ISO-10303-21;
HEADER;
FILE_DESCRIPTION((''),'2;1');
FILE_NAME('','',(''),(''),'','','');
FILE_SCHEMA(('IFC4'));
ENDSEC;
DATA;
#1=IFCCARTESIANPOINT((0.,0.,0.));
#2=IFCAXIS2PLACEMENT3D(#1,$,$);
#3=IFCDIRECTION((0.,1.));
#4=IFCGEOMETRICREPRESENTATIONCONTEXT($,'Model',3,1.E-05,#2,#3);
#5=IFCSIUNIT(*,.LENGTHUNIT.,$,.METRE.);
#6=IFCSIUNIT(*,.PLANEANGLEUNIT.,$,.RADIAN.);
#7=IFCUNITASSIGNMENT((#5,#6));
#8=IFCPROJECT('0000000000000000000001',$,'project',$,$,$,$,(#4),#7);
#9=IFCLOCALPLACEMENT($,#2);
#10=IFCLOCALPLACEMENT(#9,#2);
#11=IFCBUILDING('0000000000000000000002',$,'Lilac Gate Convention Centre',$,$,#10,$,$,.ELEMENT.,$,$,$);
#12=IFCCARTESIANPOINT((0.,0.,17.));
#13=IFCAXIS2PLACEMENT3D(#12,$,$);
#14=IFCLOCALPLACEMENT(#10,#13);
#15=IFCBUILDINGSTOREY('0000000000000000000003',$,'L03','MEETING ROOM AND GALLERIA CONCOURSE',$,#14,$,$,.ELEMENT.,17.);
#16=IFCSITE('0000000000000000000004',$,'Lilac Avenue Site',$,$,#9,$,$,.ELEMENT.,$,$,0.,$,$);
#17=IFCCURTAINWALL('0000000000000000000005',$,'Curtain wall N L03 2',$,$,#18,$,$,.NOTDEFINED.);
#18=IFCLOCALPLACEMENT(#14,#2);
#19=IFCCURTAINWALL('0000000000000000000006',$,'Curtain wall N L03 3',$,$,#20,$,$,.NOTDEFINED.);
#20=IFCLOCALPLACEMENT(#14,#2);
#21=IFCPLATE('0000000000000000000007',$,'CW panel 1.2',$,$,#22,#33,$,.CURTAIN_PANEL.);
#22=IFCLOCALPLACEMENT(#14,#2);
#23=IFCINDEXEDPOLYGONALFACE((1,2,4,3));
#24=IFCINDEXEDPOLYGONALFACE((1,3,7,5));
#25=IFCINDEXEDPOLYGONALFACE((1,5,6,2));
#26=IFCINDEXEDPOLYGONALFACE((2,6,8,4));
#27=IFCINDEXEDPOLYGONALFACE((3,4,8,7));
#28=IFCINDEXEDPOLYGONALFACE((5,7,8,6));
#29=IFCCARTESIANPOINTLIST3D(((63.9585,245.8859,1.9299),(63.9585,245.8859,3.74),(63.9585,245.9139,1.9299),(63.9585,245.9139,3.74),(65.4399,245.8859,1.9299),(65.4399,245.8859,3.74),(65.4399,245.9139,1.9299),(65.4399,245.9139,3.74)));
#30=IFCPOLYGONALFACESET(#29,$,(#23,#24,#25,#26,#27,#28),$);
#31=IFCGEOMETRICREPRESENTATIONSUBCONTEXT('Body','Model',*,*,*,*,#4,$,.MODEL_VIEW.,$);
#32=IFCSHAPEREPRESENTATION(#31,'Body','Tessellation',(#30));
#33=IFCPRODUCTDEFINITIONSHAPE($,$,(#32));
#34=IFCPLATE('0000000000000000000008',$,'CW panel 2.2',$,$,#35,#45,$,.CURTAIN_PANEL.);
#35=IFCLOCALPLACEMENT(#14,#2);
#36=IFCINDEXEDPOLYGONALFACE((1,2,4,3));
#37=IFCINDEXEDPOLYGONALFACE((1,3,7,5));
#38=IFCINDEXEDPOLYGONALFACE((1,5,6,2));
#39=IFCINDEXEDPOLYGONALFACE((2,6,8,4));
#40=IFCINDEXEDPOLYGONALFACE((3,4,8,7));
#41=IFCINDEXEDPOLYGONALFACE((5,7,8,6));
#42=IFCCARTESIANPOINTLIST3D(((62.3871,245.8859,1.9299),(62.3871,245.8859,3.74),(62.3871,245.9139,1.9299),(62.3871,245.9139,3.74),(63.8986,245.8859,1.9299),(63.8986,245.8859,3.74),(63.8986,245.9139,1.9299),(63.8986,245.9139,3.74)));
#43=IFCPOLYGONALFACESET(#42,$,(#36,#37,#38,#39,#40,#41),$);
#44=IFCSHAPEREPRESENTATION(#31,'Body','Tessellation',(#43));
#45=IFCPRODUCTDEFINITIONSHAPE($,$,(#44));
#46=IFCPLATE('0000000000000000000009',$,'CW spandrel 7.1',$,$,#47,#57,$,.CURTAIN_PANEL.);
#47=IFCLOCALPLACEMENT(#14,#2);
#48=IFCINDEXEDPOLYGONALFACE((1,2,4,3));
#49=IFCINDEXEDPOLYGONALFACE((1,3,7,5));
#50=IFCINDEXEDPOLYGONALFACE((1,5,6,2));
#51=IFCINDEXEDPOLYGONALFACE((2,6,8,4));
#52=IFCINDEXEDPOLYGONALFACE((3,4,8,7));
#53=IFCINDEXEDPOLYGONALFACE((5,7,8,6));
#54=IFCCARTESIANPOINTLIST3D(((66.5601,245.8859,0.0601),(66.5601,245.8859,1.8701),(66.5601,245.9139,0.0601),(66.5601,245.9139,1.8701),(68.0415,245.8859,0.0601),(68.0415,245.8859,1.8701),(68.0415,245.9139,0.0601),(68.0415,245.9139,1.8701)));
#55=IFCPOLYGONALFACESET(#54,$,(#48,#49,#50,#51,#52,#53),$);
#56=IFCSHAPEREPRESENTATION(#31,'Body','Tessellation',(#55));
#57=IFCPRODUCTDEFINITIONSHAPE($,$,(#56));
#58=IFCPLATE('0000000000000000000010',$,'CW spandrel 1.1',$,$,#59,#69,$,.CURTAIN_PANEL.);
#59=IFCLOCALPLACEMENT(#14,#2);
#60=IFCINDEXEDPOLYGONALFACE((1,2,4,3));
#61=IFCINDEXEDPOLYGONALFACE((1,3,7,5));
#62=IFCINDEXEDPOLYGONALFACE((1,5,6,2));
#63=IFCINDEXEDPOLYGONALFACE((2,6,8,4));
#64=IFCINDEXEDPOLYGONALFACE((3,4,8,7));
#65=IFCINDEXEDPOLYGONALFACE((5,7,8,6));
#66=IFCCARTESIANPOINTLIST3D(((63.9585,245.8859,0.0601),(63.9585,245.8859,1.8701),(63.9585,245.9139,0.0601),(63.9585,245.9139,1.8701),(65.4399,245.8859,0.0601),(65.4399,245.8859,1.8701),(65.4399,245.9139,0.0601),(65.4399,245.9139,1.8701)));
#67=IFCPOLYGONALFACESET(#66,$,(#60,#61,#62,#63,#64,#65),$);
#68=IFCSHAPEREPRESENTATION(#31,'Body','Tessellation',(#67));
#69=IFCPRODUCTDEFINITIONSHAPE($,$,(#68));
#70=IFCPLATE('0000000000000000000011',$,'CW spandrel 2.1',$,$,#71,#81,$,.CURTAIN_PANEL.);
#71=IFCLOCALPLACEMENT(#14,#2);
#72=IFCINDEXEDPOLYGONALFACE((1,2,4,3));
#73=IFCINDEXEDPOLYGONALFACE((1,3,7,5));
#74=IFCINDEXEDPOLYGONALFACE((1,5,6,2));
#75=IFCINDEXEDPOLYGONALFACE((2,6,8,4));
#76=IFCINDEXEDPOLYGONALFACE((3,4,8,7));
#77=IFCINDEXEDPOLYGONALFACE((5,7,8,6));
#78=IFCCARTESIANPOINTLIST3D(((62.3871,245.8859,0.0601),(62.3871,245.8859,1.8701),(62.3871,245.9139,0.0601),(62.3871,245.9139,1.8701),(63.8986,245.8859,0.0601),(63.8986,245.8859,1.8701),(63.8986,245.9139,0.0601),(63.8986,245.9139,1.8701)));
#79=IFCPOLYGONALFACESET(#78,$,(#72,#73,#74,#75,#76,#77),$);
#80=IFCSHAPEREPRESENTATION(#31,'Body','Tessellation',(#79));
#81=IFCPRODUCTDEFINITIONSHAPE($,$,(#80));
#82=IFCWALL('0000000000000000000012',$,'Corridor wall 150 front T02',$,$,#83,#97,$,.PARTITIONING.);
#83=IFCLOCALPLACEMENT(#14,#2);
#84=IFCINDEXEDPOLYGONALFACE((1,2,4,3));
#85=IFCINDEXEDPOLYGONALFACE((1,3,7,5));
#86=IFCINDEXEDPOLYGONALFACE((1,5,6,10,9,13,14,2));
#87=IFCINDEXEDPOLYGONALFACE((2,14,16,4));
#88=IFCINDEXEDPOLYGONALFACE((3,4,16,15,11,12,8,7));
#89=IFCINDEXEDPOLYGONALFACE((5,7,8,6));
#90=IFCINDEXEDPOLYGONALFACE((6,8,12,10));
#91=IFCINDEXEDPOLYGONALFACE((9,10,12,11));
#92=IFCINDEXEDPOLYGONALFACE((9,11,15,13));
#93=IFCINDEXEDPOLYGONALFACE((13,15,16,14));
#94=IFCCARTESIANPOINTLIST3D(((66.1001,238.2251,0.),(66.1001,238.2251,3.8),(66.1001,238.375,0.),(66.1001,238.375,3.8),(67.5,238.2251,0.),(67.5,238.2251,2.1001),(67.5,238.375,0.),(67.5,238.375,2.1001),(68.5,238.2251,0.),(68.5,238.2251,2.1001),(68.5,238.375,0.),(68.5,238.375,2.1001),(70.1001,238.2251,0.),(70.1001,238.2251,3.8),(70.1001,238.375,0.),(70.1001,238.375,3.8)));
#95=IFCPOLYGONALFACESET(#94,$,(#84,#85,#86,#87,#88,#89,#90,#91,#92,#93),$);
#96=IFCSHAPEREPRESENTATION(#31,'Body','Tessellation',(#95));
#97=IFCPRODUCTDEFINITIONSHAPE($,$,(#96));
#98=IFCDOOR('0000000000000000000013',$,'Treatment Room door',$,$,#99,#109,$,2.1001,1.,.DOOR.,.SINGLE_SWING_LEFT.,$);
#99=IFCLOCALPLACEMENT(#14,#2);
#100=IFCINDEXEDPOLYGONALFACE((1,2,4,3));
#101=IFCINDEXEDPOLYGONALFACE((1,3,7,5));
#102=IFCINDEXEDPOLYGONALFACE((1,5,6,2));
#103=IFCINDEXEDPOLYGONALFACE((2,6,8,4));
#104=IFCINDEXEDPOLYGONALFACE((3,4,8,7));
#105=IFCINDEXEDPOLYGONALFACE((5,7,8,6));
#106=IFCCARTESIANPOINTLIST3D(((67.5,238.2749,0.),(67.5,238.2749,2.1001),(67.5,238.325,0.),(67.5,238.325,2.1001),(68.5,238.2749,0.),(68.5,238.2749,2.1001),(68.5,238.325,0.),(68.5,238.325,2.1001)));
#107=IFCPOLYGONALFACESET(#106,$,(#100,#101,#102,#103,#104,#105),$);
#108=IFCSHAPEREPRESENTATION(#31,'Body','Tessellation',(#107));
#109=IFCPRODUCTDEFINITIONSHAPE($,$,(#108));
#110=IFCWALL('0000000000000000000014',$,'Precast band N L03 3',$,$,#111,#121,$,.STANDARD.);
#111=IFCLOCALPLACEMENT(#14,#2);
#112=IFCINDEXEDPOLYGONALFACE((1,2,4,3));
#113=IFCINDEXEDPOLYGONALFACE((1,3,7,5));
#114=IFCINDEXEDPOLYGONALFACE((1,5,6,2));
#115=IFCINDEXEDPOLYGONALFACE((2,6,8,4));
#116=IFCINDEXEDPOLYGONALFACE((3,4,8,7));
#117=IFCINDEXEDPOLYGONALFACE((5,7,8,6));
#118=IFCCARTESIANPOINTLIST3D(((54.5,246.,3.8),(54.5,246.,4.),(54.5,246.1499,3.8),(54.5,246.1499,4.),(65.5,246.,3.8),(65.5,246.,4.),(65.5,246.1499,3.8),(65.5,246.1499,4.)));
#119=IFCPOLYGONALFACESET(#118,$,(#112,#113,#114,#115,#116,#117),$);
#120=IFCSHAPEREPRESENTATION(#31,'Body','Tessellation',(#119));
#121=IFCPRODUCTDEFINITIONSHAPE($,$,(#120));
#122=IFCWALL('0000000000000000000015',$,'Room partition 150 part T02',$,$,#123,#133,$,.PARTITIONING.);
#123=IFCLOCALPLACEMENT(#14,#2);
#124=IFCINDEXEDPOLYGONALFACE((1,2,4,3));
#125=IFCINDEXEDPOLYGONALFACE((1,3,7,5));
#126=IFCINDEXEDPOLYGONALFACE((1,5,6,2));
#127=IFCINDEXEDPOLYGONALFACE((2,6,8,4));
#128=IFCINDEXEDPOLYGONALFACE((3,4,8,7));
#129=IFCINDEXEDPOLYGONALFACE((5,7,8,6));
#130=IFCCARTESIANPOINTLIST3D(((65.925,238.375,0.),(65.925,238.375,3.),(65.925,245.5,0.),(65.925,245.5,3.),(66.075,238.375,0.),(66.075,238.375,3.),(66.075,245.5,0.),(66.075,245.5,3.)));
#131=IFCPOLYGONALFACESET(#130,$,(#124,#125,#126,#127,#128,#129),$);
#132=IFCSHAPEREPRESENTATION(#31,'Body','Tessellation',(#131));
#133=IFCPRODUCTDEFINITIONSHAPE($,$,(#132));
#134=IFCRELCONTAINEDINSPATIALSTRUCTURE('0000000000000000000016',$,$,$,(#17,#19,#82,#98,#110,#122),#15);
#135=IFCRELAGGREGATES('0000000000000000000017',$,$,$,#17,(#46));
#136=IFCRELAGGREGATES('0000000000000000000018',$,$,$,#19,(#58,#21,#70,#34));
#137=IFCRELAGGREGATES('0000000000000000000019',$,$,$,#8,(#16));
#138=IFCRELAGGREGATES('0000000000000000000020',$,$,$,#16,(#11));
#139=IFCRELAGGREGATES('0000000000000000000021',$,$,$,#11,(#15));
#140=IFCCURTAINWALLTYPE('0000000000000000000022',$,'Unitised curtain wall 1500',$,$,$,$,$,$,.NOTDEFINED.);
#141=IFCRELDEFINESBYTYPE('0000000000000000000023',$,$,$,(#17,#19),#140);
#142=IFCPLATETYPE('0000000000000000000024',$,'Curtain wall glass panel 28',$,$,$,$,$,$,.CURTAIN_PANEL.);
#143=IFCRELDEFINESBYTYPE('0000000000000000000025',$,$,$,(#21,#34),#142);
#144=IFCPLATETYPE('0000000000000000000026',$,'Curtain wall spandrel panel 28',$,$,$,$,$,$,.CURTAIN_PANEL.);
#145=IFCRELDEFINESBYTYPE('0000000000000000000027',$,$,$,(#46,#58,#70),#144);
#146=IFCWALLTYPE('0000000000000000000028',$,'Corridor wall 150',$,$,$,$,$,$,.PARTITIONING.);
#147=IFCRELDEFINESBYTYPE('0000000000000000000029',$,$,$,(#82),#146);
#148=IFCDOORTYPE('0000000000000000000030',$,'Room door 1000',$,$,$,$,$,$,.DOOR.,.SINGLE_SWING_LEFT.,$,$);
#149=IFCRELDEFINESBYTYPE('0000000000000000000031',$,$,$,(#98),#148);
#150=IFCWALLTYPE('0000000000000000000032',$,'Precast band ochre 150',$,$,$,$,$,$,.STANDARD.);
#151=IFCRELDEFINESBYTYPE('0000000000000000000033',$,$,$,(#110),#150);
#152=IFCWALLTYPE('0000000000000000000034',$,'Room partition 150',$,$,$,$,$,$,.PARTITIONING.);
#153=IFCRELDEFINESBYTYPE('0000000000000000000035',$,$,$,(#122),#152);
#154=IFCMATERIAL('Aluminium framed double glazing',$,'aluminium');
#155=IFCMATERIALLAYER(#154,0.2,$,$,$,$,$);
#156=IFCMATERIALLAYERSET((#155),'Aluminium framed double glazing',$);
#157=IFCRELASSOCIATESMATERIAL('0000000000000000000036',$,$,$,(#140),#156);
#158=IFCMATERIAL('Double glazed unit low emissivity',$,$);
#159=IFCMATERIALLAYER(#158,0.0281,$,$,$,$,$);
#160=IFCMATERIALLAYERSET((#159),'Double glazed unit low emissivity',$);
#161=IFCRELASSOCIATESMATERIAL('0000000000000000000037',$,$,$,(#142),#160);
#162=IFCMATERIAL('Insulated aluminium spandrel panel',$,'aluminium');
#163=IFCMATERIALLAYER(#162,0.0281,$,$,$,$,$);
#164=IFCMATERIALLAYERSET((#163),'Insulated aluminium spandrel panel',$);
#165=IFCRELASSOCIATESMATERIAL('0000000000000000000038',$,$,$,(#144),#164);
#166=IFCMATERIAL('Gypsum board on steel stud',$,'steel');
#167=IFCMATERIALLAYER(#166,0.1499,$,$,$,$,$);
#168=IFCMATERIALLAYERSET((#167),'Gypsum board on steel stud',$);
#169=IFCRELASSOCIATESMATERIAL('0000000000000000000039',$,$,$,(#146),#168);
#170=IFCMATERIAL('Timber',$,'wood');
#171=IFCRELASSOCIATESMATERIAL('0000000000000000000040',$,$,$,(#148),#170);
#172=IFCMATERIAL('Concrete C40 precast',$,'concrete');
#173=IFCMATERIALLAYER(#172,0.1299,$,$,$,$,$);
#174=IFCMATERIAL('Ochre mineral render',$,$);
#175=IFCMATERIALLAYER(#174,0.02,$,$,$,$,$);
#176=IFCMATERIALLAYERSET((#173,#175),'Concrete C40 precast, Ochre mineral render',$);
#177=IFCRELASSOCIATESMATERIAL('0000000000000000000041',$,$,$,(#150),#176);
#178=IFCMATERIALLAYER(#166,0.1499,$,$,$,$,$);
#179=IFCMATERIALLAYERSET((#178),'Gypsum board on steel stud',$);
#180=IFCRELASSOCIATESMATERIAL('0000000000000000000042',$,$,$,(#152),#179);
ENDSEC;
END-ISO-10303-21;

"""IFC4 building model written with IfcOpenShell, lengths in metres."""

from ifc_helpers import new_model, si_unit, direction, frame, frame_2d, origin, origin_2d, place, context, subcontext, project, spatial, rectangle, extrude, material, layer, layer_set, type_object, element, fill, aggregate, save


model = new_model("IFC4")

# Units and contexts
model_context = context("Model", 3, precision=1e-05, world=origin(), true_north=direction((0.0, 1.0)))
body_context = subcontext(model_context, "Body", "Model", "MODEL_VIEW")
ifc_project = project(units=[si_unit("LENGTHUNIT", "METRE"), si_unit("PLANEANGLEUNIT", "RADIAN")], contexts=[model_context])

# Site, building, storey
site_placement = place(None, origin())
site = spatial("IfcSite", under=ifc_project, at=site_placement, Name="Lilac Avenue Site", CompositionType="ELEMENT", RefElevation=0.0)
building_placement = place(site_placement, origin())
building = spatial("IfcBuilding", under=site, at=building_placement, Name="Lilac Gate Convention Centre", CompositionType="ELEMENT")
storey_placement = place(building_placement, frame((0.0, 0.0, 17.0)))
storey = spatial("IfcBuildingStorey", under=building, at=storey_placement, Name="L03", Description="MEETING ROOM AND GALLERIA CONCOURSE", CompositionType="ELEMENT", Elevation=17.0)

# Curtain wall
ifc_material_1 = material(Name="Aluminium framed double glazing", Category="aluminium")
ifc_layer_1 = layer(ifc_material_1, 0.2)
ifc_layer_set_1 = layer_set([ifc_layer_1], Name="Aluminium framed double glazing")
curtain_wall_type = type_object("IfcCurtainWallType", Name="Unitised curtain wall 1500", PredefinedType="NOTDEFINED", material=ifc_layer_set_1)
curtain_wall_1_placement = place(storey_placement, origin())
curtain_wall_1 = element("IfcCurtainWall", 1, at=curtain_wall_1_placement, inside=storey, type_object=curtain_wall_type, Name="Curtain wall N L03 2", PredefinedType="NOTDEFINED")

# Curtain wall
curtain_wall_2_placement = place(storey_placement, origin())
curtain_wall_2 = element("IfcCurtainWall", 2, at=curtain_wall_2_placement, inside=storey, type_object=curtain_wall_type, Name="Curtain wall N L03 3", PredefinedType="NOTDEFINED")

# Plates
ifc_material_2 = material(Name="Double glazed unit low emissivity")
ifc_layer_2 = layer(ifc_material_2, 0.0281)
ifc_layer_set_2 = layer_set([ifc_layer_2], Name="Double glazed unit low emissivity")
plate_type_1 = type_object("IfcPlateType", Name="Curtain wall glass panel 28", PredefinedType="CURTAIN_PANEL", material=ifc_layer_set_2)
plate_1_placement = place(storey_placement, frame((64.6992, 245.8999, 1.9299), z_axis=(0.0, 0.0, 1.0), x_axis=(-1.0, 0.0, 0.0)))
plate_1 = element("IfcPlate", 3, at=plate_1_placement, type_object=plate_type_1, Name="CW panel 1.2", PredefinedType="CURTAIN_PANEL", context=body_context, shape_type="SweptSolid", body=[
    extrude(rectangle(XDim=1.4814, YDim=0.0281, at=origin_2d()), origin(), (0.0, 0.0, 1.0), 1.8101),
])
plate_2_placement = place(storey_placement, frame((63.1428, 245.8999, 1.9299), z_axis=(0.0, 0.0, 1.0), x_axis=(-1.0, 0.0, 0.0)))
plate_2 = element("IfcPlate", 4, at=plate_2_placement, type_object=plate_type_1, Name="CW panel 2.2", PredefinedType="CURTAIN_PANEL", context=body_context, shape_type="SweptSolid", body=[
    extrude(rectangle(XDim=1.5115, YDim=0.0281, at=origin_2d()), origin(), (0.0, 0.0, 1.0), 1.8101),
])
ifc_material_3 = material(Name="Insulated aluminium spandrel panel", Category="aluminium")
ifc_layer_3 = layer(ifc_material_3, 0.0281)
ifc_layer_set_3 = layer_set([ifc_layer_3], Name="Insulated aluminium spandrel panel")
plate_type_2 = type_object("IfcPlateType", Name="Curtain wall spandrel panel 28", PredefinedType="CURTAIN_PANEL", material=ifc_layer_set_3)
plate_3_placement = place(storey_placement, frame((67.3008, 245.8999, 0.0601), z_axis=(0.0, 0.0, 1.0), x_axis=(-1.0, 0.0, 0.0)))
plate_3 = element("IfcPlate", 5, at=plate_3_placement, type_object=plate_type_2, Name="CW spandrel 7.1", PredefinedType="CURTAIN_PANEL", context=body_context, shape_type="SweptSolid", body=[
    extrude(rectangle(XDim=1.4814, YDim=0.0281, at=origin_2d()), origin(), (0.0, 0.0, 1.0), 1.8101),
])
aggregate(curtain_wall_1, [plate_3])
plate_4_placement = place(storey_placement, frame((64.6992, 245.8999, 0.0601), z_axis=(0.0, 0.0, 1.0), x_axis=(-1.0, 0.0, 0.0)))
plate_4 = element("IfcPlate", 6, at=plate_4_placement, type_object=plate_type_2, Name="CW spandrel 1.1", PredefinedType="CURTAIN_PANEL", context=body_context, shape_type="SweptSolid", body=[
    extrude(rectangle(XDim=1.4814, YDim=0.0281, at=origin_2d()), origin(), (0.0, 0.0, 1.0), 1.8101),
])
plate_5_placement = place(storey_placement, frame((63.1428, 245.8999, 0.0601), z_axis=(0.0, 0.0, 1.0), x_axis=(-1.0, 0.0, 0.0)))
plate_5 = element("IfcPlate", 7, at=plate_5_placement, type_object=plate_type_2, Name="CW spandrel 2.1", PredefinedType="CURTAIN_PANEL", context=body_context, shape_type="SweptSolid", body=[
    extrude(rectangle(XDim=1.5115, YDim=0.0281, at=origin_2d()), origin(), (0.0, 0.0, 1.0), 1.8101),
])
aggregate(curtain_wall_2, [plate_4, plate_1, plate_5, plate_2])

# Wall, opening, door
ifc_material_4 = material(Name="Gypsum board on steel stud", Category="steel")
ifc_layer_4 = layer(ifc_material_4, 0.1499)
ifc_layer_set_4 = layer_set([ifc_layer_4], Name="Gypsum board on steel stud")
wall_type_1 = type_object("IfcWallType", Name="Corridor wall 150", PredefinedType="PARTITIONING", material=ifc_layer_set_4)
wall_1_placement = place(storey_placement, frame((66.1001, 238.3, 0.0), z_axis=(0.0, 0.0, 1.0), x_axis=(1.0, 0.0, 0.0)))
wall_1 = element("IfcWall", 8, at=wall_1_placement, inside=storey, type_object=wall_type_1, Name="Corridor wall 150 front T02", PredefinedType="PARTITIONING", context=body_context, shape_type="SweptSolid", body=[
    extrude(rectangle(XDim=4.0, YDim=0.1499, at=frame_2d((2.0, 0.0))), origin(), (0.0, 0.0, 1.0), 3.8),
])
opening_placement = place(wall_1_placement, frame((1.3999, 0.0, 0.0)))
opening = element("IfcOpeningElement", 9, at=opening_placement, cuts=wall_1, PredefinedType="OPENING", context=body_context, shape_type="SweptSolid", body=[
    extrude(rectangle(XDim=1.0, YDim=2.1001, at=frame_2d((0.5, 1.05))), frame((0.0, 0.085, 0.0), z_axis=(0.0, -1.0, 0.0), x_axis=(1.0, 0.0, 0.0)), (0.0, 0.0, 1.0), 0.1699),
])
ifc_material_5 = material(Name="Timber", Category="wood")
door_type = type_object("IfcDoorType", Name="Room door 1000", OperationType="SINGLE_SWING_LEFT", PredefinedType="DOOR", material=ifc_material_5)
door_placement = place(opening_placement, origin())
door = element("IfcDoor", 10, at=door_placement, inside=storey, type_object=door_type, Name="Treatment Room door", OperationType="SINGLE_SWING_LEFT", OverallHeight=2.1001, OverallWidth=1.0, PredefinedType="DOOR", context=body_context, shape_type="SweptSolid", body=[
    extrude(rectangle(XDim=1.0, YDim=2.1001, at=frame_2d((0.5, 1.05))), frame((0.0, 0.0249, 0.0), z_axis=(0.0, -1.0, 0.0), x_axis=(1.0, 0.0, 0.0)), (0.0, 0.0, 1.0), 0.05),
])
fill(opening, door)

# Walls
ifc_material_6 = material(Name="Concrete C40 precast", Category="concrete")
ifc_layer_5 = layer(ifc_material_6, 0.1299)
ifc_material_7 = material(Name="Ochre mineral render")
ifc_layer_6 = layer(ifc_material_7, 0.02)
ifc_layer_set_5 = layer_set([ifc_layer_5, ifc_layer_6], Name="Concrete C40 precast, Ochre mineral render")
wall_type_2 = type_object("IfcWallType", Name="Precast band ochre 150", PredefinedType="STANDARD", material=ifc_layer_set_5)
wall_2_placement = place(storey_placement, frame((65.5, 246.075, 3.8), z_axis=(0.0, 0.0, 1.0), x_axis=(-1.0, 0.0, 0.0)))
element("IfcWall", 11, at=wall_2_placement, inside=storey, type_object=wall_type_2, Name="Precast band N L03 3", PredefinedType="STANDARD", context=body_context, shape_type="SweptSolid", body=[
    extrude(rectangle(XDim=11.0, YDim=0.1499, at=frame_2d((5.5, 0.0))), origin(), (0.0, 0.0, 1.0), 0.2),
])
ifc_layer_7 = layer(ifc_material_4, 0.1499)
ifc_layer_set_6 = layer_set([ifc_layer_7], Name="Gypsum board on steel stud")
wall_type_3 = type_object("IfcWallType", Name="Room partition 150", PredefinedType="PARTITIONING", material=ifc_layer_set_6)
wall_3_placement = place(storey_placement, frame((66.0, 245.5, 0.0), z_axis=(0.0, 0.0, 1.0), x_axis=(0.0, -1.0, 0.0)))
element("IfcWall", 12, at=wall_3_placement, inside=storey, type_object=wall_type_3, Name="Room partition 150 part T02", PredefinedType="PARTITIONING", context=body_context, shape_type="SweptSolid", body=[
    extrude(rectangle(XDim=7.125, YDim=0.1499, at=frame_2d((3.5625, 0.0))), origin(), (0.0, 0.0, 1.0), 3.0),
])

save(model, "model.ifc")
